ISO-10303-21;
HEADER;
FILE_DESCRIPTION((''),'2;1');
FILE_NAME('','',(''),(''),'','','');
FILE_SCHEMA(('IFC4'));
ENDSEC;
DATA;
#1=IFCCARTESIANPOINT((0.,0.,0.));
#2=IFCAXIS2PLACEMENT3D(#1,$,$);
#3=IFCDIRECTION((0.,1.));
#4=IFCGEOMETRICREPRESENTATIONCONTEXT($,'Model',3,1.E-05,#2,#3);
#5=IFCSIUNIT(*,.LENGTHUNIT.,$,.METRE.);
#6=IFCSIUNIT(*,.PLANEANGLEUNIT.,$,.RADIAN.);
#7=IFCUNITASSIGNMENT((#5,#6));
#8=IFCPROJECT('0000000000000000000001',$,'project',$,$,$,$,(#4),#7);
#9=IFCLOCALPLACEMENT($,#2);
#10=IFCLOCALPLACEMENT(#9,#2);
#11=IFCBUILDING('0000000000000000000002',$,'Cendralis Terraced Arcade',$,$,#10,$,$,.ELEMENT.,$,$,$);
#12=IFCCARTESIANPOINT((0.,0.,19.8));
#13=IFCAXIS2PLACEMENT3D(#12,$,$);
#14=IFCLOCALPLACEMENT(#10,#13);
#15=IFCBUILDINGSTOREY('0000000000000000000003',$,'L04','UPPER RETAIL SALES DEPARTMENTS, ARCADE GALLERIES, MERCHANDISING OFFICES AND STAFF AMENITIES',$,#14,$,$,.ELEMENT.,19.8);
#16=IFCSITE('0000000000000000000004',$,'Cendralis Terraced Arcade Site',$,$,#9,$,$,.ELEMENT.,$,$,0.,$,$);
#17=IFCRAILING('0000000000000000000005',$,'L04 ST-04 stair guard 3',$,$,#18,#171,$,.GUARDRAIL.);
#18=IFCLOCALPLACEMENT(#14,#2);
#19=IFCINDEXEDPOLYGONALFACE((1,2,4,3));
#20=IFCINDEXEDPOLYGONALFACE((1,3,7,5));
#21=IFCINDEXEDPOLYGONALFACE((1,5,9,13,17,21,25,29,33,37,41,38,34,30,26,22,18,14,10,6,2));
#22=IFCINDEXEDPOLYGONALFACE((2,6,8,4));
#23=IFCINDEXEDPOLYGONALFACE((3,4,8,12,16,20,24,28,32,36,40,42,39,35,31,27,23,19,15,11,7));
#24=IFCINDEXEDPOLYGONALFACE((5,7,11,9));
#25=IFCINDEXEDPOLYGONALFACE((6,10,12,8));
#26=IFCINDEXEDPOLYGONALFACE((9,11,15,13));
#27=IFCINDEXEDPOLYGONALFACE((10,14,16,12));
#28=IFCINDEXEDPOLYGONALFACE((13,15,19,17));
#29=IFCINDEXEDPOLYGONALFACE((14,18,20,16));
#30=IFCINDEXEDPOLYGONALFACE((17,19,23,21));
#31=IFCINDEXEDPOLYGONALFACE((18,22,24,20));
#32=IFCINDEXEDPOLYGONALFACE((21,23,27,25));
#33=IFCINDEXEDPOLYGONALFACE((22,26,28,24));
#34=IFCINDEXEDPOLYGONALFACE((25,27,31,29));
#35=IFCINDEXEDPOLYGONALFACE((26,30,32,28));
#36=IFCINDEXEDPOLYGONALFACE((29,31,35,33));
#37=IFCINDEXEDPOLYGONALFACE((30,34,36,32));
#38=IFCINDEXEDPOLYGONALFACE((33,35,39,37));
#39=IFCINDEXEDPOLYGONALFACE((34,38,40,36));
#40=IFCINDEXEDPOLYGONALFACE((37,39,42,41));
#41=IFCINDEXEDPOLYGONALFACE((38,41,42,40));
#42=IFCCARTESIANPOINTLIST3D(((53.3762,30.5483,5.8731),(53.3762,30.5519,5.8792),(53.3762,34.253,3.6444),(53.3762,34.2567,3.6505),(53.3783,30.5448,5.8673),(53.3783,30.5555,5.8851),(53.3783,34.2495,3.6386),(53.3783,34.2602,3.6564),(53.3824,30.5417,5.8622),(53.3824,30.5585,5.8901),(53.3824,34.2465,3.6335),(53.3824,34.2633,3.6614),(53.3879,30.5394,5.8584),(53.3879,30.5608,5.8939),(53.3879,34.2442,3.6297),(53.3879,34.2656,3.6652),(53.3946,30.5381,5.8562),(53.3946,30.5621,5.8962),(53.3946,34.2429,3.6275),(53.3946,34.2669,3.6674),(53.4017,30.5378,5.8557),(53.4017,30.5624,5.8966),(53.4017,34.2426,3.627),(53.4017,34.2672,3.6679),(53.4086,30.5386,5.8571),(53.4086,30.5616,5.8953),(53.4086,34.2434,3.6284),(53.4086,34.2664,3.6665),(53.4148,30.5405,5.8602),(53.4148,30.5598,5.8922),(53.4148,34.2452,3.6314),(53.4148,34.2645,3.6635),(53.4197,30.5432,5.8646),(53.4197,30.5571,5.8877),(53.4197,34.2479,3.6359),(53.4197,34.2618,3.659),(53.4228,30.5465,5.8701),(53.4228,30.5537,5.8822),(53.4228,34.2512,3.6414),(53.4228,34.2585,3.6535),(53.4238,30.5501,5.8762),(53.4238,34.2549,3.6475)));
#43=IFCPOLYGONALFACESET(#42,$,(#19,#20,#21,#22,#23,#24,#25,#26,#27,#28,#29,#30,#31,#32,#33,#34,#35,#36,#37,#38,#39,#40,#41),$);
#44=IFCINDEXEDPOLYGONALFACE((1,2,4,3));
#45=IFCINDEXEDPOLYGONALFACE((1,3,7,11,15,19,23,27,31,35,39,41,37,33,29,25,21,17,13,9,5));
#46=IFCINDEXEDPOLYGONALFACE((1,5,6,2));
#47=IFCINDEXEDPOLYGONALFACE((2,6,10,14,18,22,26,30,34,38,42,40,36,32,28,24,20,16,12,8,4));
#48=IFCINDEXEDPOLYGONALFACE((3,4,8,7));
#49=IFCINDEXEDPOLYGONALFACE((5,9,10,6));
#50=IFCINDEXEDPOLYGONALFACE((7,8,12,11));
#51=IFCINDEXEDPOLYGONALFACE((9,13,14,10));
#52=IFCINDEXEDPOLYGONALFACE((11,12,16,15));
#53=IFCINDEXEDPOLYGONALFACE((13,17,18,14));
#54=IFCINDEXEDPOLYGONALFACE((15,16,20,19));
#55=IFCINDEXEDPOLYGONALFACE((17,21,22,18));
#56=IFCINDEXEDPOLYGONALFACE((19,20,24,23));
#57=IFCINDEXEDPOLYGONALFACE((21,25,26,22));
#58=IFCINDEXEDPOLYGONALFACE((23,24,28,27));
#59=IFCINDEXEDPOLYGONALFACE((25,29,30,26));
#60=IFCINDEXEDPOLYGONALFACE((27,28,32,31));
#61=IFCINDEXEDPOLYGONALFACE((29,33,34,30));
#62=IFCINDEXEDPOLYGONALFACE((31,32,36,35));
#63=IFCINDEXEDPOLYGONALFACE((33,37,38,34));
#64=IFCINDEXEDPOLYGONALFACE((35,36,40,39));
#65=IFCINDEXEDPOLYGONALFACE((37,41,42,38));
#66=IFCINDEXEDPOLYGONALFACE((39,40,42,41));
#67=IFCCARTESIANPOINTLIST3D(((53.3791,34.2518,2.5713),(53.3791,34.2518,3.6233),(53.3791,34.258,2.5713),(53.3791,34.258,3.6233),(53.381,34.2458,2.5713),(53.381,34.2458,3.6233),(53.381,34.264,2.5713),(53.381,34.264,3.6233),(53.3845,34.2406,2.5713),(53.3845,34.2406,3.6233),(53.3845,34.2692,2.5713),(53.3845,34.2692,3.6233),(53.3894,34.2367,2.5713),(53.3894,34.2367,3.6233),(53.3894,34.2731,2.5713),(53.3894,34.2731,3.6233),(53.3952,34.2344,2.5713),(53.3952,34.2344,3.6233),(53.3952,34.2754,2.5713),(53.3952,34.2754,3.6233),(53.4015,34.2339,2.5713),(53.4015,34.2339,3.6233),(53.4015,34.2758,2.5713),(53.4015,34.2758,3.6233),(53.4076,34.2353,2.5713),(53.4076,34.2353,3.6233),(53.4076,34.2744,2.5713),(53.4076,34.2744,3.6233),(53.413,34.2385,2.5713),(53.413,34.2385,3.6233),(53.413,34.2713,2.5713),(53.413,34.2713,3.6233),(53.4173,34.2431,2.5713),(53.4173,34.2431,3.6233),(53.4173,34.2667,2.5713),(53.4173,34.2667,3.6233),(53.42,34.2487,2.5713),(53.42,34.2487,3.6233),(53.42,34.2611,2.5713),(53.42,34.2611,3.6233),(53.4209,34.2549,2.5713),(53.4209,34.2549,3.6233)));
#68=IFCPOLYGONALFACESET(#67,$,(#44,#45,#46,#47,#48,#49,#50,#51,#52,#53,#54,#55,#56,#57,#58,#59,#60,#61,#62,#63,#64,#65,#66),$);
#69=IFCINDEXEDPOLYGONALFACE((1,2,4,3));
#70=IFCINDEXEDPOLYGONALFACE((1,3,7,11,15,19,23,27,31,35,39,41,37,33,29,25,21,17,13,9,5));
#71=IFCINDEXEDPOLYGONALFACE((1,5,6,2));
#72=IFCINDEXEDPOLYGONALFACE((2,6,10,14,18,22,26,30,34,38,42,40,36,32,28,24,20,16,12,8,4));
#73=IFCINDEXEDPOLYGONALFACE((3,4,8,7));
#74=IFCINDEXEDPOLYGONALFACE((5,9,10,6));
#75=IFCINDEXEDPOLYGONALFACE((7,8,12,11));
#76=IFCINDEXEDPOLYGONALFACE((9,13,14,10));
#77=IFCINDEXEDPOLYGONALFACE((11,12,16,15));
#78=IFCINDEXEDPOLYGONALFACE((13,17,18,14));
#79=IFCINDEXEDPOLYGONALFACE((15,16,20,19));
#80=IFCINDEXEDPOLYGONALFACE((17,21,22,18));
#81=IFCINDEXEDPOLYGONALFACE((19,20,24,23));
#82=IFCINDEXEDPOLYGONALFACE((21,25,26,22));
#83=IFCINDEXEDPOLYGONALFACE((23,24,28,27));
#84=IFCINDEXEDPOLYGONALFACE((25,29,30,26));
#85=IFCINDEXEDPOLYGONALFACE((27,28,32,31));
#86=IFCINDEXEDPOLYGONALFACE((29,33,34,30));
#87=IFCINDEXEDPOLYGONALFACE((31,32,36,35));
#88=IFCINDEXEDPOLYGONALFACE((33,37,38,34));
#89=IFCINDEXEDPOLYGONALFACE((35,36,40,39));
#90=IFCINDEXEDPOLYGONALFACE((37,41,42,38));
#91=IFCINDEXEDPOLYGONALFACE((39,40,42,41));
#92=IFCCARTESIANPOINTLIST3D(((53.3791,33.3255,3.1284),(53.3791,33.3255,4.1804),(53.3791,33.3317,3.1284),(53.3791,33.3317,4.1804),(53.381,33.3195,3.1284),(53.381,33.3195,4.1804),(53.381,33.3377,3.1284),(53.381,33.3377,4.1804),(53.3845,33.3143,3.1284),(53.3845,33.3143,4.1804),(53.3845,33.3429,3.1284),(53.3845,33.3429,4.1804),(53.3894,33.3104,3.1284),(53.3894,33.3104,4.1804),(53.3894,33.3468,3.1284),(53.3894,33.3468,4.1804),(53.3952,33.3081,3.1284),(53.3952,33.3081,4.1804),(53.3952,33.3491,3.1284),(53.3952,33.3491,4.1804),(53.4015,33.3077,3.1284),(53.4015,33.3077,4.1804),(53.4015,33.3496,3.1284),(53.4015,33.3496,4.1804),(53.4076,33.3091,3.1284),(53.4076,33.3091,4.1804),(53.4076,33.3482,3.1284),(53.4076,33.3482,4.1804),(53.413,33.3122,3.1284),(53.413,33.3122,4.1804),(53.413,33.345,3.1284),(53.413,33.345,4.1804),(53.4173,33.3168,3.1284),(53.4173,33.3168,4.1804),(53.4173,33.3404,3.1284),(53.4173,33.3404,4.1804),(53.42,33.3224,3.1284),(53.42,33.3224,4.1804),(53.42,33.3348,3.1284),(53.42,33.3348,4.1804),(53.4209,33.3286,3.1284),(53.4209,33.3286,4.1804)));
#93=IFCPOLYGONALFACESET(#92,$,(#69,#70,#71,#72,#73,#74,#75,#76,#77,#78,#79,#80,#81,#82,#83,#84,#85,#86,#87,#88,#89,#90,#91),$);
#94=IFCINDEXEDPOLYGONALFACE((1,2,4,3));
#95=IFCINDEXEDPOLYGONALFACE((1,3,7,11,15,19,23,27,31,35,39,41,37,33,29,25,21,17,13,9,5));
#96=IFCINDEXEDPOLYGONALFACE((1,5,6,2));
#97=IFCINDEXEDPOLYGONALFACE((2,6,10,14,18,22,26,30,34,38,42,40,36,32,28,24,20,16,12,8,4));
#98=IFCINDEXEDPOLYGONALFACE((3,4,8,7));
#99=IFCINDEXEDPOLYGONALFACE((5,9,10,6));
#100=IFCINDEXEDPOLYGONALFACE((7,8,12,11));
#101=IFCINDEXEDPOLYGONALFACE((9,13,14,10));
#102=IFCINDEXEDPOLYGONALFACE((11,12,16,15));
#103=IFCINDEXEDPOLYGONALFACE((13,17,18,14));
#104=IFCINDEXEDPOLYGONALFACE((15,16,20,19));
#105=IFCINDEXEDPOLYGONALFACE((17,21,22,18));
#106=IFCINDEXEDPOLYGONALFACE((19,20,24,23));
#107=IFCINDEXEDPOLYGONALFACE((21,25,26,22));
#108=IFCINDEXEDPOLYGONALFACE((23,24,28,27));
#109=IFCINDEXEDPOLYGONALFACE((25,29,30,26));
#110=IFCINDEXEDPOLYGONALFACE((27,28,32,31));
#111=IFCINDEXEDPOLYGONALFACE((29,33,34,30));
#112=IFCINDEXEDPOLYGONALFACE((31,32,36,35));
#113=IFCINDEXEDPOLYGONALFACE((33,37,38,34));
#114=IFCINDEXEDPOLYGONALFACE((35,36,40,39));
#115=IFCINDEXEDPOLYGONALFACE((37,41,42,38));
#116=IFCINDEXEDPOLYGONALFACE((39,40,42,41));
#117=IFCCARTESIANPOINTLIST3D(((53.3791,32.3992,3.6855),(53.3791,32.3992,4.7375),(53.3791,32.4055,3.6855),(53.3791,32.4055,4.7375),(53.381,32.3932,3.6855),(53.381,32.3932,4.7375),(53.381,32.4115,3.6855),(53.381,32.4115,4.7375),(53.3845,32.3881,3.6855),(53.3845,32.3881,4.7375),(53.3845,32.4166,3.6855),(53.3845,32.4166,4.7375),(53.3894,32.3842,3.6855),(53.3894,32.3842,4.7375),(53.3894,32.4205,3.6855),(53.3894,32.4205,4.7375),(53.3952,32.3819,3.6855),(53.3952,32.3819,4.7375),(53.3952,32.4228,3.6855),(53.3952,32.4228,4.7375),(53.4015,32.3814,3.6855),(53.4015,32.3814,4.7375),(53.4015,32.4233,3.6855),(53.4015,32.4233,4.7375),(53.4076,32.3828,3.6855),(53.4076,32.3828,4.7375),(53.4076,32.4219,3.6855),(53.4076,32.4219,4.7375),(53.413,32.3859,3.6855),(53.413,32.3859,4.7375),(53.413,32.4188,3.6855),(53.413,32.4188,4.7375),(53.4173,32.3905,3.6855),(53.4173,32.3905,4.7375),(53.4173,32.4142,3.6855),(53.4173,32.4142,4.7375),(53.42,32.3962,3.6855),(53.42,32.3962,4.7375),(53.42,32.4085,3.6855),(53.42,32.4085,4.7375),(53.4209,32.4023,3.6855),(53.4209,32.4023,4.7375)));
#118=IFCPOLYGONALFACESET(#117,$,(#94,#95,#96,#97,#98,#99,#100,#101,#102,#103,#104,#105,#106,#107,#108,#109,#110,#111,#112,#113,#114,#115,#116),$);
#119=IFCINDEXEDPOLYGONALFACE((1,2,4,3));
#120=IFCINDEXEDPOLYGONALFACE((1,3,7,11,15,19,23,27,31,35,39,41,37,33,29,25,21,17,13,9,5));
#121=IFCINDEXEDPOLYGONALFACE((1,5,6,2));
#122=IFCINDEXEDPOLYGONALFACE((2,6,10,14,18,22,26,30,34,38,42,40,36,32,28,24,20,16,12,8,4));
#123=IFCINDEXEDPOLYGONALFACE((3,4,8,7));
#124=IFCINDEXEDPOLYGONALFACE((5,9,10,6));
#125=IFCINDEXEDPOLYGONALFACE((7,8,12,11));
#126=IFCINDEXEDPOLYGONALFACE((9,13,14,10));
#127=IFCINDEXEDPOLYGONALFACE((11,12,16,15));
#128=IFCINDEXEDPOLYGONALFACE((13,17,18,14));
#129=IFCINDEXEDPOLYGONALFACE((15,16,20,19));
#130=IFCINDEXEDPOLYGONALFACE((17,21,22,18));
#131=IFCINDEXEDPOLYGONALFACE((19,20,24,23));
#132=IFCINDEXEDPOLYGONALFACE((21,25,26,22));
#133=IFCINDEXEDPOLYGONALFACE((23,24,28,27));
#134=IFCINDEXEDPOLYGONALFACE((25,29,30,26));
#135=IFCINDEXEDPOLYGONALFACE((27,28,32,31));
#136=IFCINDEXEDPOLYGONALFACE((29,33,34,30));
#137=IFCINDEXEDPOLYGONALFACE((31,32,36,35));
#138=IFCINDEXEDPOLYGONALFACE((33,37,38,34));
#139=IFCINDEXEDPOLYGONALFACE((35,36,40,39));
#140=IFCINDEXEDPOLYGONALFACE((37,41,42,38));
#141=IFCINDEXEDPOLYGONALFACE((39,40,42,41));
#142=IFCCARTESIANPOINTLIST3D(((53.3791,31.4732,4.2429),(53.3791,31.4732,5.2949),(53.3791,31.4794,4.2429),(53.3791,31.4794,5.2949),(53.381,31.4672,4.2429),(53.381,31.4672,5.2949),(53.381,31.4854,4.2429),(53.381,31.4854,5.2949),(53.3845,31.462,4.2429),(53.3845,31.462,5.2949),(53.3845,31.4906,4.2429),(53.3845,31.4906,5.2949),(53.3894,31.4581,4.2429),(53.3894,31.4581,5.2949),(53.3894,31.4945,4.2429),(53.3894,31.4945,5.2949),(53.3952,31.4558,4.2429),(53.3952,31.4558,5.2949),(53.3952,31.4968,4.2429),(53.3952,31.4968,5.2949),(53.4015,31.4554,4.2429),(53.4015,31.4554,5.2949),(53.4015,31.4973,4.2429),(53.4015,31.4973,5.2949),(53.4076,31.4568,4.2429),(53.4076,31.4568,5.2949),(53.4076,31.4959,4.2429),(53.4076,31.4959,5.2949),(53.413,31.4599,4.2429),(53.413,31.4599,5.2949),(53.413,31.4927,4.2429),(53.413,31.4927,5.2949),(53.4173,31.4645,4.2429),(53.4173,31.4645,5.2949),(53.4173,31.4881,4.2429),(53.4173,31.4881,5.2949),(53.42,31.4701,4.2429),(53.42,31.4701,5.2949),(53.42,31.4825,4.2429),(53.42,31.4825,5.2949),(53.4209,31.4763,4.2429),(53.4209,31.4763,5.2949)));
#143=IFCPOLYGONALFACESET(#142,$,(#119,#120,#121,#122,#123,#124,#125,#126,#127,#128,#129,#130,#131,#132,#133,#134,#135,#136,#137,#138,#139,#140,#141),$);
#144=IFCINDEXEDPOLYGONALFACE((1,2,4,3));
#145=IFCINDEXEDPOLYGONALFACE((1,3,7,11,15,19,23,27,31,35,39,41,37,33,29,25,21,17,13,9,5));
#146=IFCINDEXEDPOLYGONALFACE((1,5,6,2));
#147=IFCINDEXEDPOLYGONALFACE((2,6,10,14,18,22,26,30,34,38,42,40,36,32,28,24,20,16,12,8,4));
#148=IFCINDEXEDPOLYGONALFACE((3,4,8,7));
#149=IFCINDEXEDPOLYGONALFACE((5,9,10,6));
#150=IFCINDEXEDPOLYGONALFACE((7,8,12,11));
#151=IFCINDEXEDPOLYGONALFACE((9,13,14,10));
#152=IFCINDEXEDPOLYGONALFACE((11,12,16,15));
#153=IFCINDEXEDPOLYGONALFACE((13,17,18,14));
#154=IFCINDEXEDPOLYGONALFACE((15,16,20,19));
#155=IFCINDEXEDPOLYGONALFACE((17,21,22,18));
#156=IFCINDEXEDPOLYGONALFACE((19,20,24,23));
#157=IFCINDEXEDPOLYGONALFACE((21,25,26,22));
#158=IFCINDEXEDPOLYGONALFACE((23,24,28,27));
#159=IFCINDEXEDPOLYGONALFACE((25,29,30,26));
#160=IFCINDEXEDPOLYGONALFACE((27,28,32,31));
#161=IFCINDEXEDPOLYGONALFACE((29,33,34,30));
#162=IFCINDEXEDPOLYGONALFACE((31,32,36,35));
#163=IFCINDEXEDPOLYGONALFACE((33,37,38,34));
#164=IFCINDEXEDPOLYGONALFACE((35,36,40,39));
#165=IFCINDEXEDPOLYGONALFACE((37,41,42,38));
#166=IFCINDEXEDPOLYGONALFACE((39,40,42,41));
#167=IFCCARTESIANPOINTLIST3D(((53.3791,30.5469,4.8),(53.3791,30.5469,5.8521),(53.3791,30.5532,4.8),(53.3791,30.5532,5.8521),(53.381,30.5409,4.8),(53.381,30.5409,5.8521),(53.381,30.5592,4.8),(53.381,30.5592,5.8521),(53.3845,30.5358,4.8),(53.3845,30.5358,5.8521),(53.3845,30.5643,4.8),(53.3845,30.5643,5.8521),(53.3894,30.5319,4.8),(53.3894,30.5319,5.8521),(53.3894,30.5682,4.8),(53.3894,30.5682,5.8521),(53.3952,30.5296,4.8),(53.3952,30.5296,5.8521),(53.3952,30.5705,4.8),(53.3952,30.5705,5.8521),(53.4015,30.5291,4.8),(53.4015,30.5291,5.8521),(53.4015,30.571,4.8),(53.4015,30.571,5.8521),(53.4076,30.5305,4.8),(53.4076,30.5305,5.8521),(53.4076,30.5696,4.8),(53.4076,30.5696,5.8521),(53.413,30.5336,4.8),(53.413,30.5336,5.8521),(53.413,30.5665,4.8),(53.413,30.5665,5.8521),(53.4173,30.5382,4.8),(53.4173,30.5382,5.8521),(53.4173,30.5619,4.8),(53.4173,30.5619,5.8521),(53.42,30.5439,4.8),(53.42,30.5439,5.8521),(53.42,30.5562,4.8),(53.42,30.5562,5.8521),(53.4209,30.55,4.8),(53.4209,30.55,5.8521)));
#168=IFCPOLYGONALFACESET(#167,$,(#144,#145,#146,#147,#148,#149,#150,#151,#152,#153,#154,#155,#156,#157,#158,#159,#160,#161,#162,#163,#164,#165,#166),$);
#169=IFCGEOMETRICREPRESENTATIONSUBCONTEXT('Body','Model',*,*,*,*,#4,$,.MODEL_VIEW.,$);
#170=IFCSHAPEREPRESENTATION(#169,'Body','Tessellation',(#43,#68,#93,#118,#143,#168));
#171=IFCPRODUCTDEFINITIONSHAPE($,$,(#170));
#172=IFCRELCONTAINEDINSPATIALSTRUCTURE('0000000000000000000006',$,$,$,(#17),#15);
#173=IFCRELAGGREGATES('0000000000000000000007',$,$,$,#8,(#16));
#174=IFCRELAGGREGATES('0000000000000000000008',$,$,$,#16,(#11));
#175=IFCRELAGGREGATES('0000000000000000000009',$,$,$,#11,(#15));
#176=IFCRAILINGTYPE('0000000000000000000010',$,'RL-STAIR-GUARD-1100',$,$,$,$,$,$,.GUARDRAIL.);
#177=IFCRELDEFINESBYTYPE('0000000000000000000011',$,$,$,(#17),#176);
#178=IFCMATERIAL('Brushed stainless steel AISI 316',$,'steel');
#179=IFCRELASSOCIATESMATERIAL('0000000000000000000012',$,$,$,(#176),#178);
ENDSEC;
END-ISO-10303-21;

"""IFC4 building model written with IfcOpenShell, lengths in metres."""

from ifc_helpers import new_model, si_unit, direction, frame, origin, origin_2d, place, context, subcontext, project, spatial, circle, extrude, material, type_object, element, save


model = new_model("IFC4")

# Units and contexts
model_context = context("Model", 3, precision=1e-05, world=origin(), true_north=direction((0.0, 1.0)))
body_context = subcontext(model_context, "Body", "Model", "MODEL_VIEW")
ifc_project = project(units=[si_unit("LENGTHUNIT", "METRE"), si_unit("PLANEANGLEUNIT", "RADIAN")], contexts=[model_context])

# Site, building, storey
site_placement = place(None, origin())
site = spatial("IfcSite", under=ifc_project, at=site_placement, Name="Cendralis Terraced Arcade Site", CompositionType="ELEMENT", RefElevation=0.0)
building_placement = place(site_placement, origin())
building = spatial("IfcBuilding", under=site, at=building_placement, Name="Cendralis Terraced Arcade", CompositionType="ELEMENT")
storey_placement = place(building_placement, frame((0.0, 0.0, 19.8)))
storey = spatial("IfcBuildingStorey", under=building, at=storey_placement, Name="L04", Description="UPPER RETAIL SALES DEPARTMENTS, ARCADE GALLERIES, MERCHANDISING OFFICES AND STAFF AMENITIES", CompositionType="ELEMENT", Elevation=19.8)

# Railing
ifc_material_1 = material(Name="Brushed stainless steel AISI 316", Category="steel")
railing_type_1 = type_object("IfcRailingType", Name="RL-STAIR-GUARD-1100", PredefinedType="GUARDRAIL", material=ifc_material_1)
railing_1_placement = place(storey_placement, frame((53.3999, 34.2549, 2.5713)))
element("IfcRailing", 1, at=railing_1_placement, inside=storey, type_object=railing_type_1, Name="L04 ST-04 stair guard 3", PredefinedType="GUARDRAIL", context=body_context, shape_type="SweptSolid", body=[
    extrude(circle(Radius=0.0239, at=origin_2d()), frame((0.0, 0.0, 1.0762), z_axis=(0.0, -0.856894, 0.515492), x_axis=(1.0, 0.0, 0.0)), (0.0, 0.0, 1.0), 4.3235),
    extrude(circle(Radius=0.021, at=origin_2d()), origin(), (0.0, 0.0, 1.0), 1.052),
    extrude(circle(Radius=0.021, at=origin_2d()), frame((0.0, -0.9263, 0.5571)), (0.0, 0.0, 1.0), 1.052),
    extrude(circle(Radius=0.021, at=origin_2d()), frame((0.0, -1.8525, 1.1143)), (0.0, 0.0, 1.0), 1.052),
    extrude(circle(Radius=0.021, at=origin_2d()), frame((0.0, -2.7786, 1.6716)), (0.0, 0.0, 1.0), 1.052),
    extrude(circle(Radius=0.021, at=origin_2d()), frame((0.0, -3.7048, 2.2288)), (0.0, 0.0, 1.0), 1.052),
])

save(model, "model.ifc")
